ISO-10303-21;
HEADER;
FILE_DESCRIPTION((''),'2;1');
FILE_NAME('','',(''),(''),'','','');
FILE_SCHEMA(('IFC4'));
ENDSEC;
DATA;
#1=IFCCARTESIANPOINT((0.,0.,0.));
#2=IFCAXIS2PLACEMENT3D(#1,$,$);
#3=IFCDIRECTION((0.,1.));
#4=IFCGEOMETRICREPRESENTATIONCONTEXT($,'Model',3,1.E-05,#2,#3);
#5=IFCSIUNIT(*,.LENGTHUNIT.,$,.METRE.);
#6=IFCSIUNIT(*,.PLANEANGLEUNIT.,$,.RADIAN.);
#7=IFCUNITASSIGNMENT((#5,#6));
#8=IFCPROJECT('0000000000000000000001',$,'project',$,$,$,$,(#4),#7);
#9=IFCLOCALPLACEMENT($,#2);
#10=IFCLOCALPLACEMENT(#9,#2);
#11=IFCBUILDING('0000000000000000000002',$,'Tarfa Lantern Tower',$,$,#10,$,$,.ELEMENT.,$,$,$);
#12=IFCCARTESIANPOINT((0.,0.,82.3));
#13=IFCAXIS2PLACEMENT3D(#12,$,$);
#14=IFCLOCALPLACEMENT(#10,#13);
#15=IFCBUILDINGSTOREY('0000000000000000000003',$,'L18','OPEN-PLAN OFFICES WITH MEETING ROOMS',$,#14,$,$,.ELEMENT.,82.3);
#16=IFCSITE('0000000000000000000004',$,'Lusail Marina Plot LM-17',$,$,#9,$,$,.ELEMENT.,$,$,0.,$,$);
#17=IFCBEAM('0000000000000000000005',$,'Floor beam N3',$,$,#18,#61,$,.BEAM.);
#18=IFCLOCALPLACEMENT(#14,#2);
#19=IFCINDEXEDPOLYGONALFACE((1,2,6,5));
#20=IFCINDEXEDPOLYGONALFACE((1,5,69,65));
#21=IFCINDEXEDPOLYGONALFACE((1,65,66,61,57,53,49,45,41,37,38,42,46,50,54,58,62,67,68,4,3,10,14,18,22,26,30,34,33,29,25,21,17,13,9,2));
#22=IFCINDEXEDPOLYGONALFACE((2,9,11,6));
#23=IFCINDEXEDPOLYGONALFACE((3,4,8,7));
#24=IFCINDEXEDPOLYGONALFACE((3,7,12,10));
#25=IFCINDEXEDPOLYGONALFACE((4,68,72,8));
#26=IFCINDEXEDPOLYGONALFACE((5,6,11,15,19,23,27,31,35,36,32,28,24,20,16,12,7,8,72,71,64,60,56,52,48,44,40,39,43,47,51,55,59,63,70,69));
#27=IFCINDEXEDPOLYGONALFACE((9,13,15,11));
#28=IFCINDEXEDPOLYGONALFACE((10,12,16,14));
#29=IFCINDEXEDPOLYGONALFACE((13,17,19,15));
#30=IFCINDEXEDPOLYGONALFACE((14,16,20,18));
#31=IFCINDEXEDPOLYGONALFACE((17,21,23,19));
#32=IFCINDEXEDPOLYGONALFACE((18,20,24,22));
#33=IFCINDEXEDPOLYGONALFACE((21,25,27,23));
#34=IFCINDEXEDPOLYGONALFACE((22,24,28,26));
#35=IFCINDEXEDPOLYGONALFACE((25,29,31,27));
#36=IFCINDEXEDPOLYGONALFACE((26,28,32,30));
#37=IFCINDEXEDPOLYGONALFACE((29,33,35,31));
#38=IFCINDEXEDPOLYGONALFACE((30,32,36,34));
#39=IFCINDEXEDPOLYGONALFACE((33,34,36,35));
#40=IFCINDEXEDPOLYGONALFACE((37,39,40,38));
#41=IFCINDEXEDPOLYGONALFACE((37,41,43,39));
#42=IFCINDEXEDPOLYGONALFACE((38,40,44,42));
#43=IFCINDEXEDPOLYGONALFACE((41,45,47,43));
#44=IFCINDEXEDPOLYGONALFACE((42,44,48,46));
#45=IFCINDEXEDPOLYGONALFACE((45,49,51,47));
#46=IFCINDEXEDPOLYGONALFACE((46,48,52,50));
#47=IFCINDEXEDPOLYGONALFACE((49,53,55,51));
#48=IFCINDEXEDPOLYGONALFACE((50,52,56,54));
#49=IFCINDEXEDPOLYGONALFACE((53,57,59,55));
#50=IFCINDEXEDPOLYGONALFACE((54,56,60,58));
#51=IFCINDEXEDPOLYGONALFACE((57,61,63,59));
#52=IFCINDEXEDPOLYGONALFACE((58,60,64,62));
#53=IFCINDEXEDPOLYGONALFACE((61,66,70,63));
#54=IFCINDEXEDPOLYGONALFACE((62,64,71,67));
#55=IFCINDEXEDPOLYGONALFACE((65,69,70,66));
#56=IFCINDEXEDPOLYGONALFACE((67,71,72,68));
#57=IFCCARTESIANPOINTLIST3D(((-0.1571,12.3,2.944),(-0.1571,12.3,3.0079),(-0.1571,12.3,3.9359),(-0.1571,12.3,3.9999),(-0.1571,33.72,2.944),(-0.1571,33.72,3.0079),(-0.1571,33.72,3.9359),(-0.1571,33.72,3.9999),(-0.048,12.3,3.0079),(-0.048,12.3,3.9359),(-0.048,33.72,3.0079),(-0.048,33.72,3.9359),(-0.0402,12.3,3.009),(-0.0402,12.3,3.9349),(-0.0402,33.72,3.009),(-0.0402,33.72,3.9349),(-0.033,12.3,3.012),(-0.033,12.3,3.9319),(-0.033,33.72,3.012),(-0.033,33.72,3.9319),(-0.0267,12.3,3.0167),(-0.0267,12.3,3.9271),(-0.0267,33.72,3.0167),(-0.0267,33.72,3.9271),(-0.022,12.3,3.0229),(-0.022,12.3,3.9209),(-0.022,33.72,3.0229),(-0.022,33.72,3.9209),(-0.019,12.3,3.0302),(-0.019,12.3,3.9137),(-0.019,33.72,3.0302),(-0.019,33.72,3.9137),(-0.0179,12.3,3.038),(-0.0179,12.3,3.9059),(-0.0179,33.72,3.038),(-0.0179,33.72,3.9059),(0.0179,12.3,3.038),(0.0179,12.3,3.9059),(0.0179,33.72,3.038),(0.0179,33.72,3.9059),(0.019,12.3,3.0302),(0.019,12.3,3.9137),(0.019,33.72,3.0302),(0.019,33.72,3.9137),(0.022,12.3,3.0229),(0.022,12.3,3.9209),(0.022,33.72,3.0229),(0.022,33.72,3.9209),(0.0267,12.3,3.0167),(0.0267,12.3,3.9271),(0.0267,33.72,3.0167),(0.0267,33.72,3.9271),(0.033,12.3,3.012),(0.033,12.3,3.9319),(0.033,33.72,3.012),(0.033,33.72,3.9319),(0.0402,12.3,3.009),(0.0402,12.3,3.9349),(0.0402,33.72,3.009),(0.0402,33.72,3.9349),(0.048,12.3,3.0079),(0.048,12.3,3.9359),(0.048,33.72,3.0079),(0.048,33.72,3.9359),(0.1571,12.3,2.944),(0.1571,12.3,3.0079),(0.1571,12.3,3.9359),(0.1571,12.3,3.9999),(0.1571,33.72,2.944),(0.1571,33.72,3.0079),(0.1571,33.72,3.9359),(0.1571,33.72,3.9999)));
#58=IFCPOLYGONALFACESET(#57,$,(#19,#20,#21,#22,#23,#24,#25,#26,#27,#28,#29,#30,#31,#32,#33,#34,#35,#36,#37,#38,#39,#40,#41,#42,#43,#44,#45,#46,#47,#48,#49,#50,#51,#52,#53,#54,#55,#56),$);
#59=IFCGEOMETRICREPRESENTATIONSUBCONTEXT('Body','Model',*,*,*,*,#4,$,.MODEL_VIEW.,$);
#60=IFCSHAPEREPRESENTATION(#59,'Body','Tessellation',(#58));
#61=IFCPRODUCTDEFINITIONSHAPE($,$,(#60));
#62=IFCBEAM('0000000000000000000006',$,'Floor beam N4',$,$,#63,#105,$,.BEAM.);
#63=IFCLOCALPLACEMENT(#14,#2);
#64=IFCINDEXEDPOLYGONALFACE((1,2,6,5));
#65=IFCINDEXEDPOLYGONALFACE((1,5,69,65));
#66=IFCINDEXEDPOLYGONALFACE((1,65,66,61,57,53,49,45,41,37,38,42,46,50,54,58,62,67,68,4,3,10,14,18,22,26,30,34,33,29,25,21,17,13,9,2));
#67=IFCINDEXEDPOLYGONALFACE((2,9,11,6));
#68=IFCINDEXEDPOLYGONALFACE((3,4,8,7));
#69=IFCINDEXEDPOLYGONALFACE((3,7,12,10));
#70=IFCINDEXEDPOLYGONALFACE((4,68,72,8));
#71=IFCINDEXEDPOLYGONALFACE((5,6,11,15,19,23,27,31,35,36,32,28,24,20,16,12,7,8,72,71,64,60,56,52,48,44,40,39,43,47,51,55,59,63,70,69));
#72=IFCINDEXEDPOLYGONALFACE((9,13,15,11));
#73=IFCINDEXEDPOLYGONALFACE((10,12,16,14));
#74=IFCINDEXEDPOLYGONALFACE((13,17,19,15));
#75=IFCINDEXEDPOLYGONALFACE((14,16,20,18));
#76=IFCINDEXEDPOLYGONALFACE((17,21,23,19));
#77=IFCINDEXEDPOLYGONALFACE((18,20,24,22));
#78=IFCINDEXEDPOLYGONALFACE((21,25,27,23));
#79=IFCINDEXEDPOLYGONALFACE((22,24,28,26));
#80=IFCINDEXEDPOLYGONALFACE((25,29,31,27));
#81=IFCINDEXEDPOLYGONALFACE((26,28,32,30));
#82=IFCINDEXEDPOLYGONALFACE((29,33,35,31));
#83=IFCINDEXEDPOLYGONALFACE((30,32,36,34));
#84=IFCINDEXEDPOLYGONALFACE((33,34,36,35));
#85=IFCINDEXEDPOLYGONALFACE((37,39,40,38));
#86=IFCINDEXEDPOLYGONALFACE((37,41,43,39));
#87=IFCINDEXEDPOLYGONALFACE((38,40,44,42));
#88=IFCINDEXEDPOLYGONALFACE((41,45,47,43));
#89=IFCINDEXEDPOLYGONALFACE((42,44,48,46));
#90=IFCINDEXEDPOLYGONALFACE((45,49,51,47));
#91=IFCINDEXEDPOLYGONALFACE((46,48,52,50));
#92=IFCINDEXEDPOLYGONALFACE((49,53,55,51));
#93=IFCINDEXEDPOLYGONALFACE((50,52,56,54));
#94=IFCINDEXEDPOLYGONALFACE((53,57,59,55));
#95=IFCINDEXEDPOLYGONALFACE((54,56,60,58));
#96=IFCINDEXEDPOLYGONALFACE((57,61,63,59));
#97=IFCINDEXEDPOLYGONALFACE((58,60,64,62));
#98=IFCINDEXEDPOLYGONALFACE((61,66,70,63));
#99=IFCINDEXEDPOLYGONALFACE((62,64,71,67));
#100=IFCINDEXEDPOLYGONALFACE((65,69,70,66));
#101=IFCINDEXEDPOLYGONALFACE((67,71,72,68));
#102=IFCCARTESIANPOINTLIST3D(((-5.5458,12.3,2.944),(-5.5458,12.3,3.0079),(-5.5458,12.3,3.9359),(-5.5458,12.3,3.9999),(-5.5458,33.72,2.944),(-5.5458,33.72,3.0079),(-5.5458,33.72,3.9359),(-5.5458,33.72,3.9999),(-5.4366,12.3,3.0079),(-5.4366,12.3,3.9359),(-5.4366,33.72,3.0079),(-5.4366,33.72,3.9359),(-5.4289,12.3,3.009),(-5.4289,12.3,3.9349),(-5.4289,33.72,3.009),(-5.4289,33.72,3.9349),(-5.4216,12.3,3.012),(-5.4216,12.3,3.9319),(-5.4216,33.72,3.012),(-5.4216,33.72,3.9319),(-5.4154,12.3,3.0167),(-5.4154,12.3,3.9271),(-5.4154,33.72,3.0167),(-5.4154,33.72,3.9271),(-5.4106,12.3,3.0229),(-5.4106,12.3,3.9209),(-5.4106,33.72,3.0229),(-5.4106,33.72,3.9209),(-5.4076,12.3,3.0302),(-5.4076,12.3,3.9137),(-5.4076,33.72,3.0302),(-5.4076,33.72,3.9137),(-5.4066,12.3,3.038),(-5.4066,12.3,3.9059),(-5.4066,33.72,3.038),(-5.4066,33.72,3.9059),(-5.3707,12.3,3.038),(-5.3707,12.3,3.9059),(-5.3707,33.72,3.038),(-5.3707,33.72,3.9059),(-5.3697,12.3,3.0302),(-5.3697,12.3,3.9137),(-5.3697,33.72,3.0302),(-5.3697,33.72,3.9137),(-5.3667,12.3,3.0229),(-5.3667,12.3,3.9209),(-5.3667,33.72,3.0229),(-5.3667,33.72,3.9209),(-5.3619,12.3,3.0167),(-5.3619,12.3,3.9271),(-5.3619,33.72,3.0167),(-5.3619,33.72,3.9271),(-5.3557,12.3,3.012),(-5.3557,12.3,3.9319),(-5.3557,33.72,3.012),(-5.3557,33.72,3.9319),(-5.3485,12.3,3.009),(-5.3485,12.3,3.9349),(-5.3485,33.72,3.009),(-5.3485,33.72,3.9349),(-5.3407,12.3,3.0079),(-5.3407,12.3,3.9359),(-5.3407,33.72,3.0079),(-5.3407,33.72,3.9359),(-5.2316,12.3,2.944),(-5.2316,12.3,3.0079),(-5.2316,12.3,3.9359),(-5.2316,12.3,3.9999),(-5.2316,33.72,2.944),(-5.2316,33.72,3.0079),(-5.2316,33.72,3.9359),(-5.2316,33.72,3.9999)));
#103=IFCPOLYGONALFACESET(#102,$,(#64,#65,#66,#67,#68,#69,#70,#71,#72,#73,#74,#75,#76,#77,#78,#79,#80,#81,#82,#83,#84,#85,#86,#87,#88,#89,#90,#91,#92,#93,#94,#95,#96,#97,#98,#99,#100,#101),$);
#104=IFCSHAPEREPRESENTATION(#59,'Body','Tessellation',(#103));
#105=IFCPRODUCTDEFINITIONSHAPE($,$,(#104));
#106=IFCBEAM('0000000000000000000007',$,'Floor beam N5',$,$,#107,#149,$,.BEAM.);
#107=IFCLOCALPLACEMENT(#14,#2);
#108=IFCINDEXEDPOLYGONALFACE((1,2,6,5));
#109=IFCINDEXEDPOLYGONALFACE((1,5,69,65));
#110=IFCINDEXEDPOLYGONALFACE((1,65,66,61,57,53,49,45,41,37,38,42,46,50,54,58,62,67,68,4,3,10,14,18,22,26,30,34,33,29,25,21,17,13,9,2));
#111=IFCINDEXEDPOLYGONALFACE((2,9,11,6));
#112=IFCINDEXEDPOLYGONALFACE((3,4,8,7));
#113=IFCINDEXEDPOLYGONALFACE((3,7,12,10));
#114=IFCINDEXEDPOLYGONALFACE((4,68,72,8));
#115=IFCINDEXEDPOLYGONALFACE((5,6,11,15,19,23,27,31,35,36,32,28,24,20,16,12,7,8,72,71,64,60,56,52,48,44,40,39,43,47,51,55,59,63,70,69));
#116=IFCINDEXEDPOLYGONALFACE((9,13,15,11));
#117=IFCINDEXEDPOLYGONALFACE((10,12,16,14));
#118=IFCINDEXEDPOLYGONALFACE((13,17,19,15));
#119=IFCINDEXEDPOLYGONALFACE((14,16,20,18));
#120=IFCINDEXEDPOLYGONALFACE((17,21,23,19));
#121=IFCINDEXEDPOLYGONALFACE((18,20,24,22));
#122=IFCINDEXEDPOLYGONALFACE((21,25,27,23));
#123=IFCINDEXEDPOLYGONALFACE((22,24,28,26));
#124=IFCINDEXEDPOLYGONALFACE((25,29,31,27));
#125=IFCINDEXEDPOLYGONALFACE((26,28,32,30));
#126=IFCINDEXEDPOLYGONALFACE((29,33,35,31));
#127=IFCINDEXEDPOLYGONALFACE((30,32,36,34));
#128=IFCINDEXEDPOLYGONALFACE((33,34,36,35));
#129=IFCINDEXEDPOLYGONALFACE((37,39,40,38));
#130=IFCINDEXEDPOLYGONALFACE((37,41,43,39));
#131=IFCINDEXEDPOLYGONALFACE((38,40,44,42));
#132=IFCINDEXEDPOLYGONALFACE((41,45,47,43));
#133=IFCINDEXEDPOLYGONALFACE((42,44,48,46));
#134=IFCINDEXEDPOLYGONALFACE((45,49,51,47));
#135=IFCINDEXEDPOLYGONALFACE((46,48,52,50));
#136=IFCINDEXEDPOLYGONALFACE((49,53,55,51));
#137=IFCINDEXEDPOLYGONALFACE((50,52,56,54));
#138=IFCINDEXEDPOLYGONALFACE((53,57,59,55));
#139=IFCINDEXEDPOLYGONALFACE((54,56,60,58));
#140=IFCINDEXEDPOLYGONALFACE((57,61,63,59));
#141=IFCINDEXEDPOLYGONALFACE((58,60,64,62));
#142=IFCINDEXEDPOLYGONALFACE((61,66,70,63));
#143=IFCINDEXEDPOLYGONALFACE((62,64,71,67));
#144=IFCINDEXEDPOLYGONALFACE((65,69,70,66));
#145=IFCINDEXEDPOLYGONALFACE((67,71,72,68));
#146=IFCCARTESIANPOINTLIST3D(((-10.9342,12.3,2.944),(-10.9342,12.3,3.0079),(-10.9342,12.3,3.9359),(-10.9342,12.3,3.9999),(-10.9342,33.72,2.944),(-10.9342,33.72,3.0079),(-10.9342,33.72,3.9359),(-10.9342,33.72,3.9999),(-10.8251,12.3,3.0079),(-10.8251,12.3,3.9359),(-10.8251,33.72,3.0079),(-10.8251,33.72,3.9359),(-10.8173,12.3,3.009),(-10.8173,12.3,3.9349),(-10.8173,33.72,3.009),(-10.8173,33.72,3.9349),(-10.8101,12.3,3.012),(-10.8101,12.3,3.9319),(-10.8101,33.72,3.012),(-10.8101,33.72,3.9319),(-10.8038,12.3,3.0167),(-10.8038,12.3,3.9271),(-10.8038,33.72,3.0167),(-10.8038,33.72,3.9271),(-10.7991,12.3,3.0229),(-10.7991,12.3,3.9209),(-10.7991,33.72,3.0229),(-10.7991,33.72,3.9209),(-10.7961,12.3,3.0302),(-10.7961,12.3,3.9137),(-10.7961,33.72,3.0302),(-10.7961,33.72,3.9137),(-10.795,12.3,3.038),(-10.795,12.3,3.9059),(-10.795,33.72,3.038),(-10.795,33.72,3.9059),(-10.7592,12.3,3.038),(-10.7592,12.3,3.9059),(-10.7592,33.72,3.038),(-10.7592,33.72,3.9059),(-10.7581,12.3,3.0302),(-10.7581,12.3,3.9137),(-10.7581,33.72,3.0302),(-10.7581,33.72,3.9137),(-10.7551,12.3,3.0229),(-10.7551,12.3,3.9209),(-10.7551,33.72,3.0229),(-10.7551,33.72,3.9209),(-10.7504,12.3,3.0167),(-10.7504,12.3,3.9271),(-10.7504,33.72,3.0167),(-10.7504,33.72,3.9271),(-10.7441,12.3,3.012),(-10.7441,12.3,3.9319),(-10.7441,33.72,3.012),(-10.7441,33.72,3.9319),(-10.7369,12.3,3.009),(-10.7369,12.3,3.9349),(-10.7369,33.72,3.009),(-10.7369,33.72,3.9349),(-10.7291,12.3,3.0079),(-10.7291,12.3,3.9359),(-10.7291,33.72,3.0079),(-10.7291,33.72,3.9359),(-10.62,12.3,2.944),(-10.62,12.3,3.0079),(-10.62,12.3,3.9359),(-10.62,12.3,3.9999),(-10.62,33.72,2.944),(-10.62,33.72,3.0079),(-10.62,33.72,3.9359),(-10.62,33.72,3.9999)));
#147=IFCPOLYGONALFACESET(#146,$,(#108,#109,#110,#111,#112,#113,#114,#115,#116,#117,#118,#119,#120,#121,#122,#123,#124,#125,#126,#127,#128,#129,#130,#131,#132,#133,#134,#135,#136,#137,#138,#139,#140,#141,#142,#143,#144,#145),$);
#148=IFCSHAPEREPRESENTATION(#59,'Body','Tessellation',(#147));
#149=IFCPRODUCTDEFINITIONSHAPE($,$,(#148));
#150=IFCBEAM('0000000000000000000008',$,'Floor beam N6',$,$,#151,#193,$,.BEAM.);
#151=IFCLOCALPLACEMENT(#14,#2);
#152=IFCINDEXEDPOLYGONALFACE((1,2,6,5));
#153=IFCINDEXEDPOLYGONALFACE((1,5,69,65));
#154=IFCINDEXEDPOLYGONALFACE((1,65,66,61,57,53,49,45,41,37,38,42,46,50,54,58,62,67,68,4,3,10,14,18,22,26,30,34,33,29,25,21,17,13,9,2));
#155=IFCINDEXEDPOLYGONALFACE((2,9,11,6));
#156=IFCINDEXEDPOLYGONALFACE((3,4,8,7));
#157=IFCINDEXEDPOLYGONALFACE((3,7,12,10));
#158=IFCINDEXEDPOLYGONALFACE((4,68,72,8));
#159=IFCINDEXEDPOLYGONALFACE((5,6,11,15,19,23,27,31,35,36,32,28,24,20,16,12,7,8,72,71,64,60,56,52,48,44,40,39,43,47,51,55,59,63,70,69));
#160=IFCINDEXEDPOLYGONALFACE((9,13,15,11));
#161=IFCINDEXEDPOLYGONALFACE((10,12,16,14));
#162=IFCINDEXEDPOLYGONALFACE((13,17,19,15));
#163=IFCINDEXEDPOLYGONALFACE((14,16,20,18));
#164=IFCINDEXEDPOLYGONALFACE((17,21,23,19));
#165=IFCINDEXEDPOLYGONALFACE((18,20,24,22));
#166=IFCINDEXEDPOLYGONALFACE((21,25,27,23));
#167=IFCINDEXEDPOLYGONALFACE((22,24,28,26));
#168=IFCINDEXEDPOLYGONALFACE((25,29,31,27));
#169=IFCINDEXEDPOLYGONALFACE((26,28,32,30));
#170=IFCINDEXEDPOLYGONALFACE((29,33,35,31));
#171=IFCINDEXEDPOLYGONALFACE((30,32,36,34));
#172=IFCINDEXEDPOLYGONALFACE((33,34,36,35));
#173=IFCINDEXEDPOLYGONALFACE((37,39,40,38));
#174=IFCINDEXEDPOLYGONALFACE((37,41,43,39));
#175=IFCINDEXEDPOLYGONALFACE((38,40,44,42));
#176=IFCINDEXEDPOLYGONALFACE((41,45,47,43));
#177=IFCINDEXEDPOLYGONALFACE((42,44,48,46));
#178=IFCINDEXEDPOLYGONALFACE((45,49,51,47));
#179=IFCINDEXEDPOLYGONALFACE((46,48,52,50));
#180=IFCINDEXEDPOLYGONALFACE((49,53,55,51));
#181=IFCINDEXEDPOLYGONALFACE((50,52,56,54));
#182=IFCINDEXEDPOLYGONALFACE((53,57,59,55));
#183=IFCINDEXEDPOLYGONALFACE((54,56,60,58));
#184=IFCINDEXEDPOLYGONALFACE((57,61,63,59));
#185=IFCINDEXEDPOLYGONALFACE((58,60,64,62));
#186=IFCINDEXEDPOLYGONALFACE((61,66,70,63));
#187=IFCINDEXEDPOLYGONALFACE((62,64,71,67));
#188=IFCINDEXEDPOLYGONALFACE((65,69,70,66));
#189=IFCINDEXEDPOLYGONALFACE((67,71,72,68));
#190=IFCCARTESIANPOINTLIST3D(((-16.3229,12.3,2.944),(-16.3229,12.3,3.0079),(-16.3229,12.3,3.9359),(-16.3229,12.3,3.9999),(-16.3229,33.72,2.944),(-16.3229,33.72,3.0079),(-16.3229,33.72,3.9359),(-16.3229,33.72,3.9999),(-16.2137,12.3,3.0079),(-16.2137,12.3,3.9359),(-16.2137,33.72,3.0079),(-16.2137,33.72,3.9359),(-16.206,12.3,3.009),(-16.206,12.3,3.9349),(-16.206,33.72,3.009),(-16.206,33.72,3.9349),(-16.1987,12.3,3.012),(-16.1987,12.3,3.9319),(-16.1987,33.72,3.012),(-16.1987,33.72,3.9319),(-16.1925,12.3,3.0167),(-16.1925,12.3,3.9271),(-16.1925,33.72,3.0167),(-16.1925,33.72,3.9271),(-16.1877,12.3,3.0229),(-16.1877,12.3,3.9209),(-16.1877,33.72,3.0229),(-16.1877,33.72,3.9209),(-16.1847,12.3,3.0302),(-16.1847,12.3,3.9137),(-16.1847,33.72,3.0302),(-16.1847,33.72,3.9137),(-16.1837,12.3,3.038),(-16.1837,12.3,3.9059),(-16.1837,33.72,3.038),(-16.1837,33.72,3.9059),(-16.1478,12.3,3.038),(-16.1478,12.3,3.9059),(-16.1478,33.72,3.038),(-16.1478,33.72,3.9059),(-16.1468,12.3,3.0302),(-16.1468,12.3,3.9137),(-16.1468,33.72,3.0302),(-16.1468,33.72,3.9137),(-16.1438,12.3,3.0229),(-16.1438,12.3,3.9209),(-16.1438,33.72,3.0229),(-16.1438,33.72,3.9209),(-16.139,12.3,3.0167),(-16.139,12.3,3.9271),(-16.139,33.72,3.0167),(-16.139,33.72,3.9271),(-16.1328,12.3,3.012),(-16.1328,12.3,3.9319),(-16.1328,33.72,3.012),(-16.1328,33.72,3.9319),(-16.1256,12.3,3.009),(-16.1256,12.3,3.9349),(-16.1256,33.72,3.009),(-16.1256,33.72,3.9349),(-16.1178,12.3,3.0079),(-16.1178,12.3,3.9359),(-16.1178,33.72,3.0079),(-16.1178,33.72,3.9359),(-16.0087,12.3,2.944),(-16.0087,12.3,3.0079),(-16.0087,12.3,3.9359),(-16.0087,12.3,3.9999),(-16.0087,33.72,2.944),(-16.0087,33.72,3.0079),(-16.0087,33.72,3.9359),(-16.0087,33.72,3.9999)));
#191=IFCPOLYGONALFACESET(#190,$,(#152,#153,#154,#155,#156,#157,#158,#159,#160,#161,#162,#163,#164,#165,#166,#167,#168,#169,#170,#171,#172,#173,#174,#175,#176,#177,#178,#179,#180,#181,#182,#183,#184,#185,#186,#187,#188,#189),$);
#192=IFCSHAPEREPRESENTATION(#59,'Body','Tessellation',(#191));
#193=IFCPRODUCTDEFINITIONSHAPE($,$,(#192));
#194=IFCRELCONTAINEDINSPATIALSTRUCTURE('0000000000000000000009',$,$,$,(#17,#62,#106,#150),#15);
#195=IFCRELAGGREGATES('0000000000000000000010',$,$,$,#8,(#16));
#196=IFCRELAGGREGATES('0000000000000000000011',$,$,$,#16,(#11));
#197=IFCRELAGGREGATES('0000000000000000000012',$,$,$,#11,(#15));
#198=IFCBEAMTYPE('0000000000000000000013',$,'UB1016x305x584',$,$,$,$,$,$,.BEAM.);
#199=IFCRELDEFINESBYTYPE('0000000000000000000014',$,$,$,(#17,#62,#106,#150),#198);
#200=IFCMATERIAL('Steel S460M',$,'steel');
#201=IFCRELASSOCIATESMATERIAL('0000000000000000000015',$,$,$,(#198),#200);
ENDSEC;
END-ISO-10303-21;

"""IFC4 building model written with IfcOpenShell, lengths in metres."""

from ifc_helpers import new_model, si_unit, direction, frame, origin, origin_2d, place, context, subcontext, project, spatial, i_section, extrude, material, material_profile, profile_set, type_object, element, save


model = new_model("IFC4")

# Units and contexts
model_context = context("Model", 3, precision=1e-05, world=origin(), true_north=direction((0.0, 1.0)))
body_context = subcontext(model_context, "Body", "Model", "MODEL_VIEW")
ifc_project = project(units=[si_unit("LENGTHUNIT", "METRE"), si_unit("PLANEANGLEUNIT", "RADIAN")], contexts=[model_context])

# Site, building, storey
site_placement = place(None, origin())
site = spatial("IfcSite", under=ifc_project, at=site_placement, Name="Lusail Marina Plot LM-17", CompositionType="ELEMENT", RefElevation=0.0)
building_placement = place(site_placement, origin())
building = spatial("IfcBuilding", under=site, at=building_placement, Name="Tarfa Lantern Tower", CompositionType="ELEMENT")
storey_placement = place(building_placement, frame((0.0, 0.0, 82.3)))
storey = spatial("IfcBuildingStorey", under=building, at=storey_placement, Name="L18", Description="OPEN-PLAN OFFICES WITH MEETING ROOMS", CompositionType="ELEMENT", Elevation=82.3)

# Beams
ifc_material_1 = material(Name="Steel S460M", Category="steel")
ifc_material_profile_1 = material_profile(ifc_material_1, i_section(OverallWidth=0.3142, OverallDepth=1.0559, WebThickness=0.0359, FlangeThickness=0.064, FilletRadius=0.03, at=origin_2d()), Name="UB1016x305x584")
ifc_profile_set_1 = profile_set([ifc_material_profile_1], Name="Steel S460M")
beam_type_1 = type_object("IfcBeamType", Name="UB1016x305x584", PredefinedType="BEAM", material=ifc_profile_set_1)
for number, where, z_axis, x_axis, name in (
    (1, (0.0, 33.72, 3.4719), (0.0, -1.0, 0.0), (1.0, 0.0, 0.0), "Floor beam N3"),
    (2, (-5.3887, 33.72, 3.4719), (0.0, -1.0, 0.0), (1.0, 0.0, 0.0), "Floor beam N4"),
    (3, (-10.7771, 33.72, 3.4719), (0.0, -1.0, 0.0), (1.0, 0.0, 0.0), "Floor beam N5"),
    (4, (-16.1658, 33.72, 3.4719), (0.0, -1.0, 0.0), (1.0, 0.0, 0.0), "Floor beam N6"),
):
    element("IfcBeam", number, at=place(storey_placement, frame(where, z_axis=z_axis, x_axis=x_axis)), inside=storey, type_object=beam_type_1, Name=name, PredefinedType="BEAM", context=body_context, shape_type="SweptSolid", body=[
        extrude(i_section(OverallWidth=0.3142, OverallDepth=1.0559, WebThickness=0.0359, FlangeThickness=0.064, FilletRadius=0.03, at=origin_2d()), origin(), (0.0, 0.0, 1.0), 21.4199),
    ])

save(model, "model.ifc")
